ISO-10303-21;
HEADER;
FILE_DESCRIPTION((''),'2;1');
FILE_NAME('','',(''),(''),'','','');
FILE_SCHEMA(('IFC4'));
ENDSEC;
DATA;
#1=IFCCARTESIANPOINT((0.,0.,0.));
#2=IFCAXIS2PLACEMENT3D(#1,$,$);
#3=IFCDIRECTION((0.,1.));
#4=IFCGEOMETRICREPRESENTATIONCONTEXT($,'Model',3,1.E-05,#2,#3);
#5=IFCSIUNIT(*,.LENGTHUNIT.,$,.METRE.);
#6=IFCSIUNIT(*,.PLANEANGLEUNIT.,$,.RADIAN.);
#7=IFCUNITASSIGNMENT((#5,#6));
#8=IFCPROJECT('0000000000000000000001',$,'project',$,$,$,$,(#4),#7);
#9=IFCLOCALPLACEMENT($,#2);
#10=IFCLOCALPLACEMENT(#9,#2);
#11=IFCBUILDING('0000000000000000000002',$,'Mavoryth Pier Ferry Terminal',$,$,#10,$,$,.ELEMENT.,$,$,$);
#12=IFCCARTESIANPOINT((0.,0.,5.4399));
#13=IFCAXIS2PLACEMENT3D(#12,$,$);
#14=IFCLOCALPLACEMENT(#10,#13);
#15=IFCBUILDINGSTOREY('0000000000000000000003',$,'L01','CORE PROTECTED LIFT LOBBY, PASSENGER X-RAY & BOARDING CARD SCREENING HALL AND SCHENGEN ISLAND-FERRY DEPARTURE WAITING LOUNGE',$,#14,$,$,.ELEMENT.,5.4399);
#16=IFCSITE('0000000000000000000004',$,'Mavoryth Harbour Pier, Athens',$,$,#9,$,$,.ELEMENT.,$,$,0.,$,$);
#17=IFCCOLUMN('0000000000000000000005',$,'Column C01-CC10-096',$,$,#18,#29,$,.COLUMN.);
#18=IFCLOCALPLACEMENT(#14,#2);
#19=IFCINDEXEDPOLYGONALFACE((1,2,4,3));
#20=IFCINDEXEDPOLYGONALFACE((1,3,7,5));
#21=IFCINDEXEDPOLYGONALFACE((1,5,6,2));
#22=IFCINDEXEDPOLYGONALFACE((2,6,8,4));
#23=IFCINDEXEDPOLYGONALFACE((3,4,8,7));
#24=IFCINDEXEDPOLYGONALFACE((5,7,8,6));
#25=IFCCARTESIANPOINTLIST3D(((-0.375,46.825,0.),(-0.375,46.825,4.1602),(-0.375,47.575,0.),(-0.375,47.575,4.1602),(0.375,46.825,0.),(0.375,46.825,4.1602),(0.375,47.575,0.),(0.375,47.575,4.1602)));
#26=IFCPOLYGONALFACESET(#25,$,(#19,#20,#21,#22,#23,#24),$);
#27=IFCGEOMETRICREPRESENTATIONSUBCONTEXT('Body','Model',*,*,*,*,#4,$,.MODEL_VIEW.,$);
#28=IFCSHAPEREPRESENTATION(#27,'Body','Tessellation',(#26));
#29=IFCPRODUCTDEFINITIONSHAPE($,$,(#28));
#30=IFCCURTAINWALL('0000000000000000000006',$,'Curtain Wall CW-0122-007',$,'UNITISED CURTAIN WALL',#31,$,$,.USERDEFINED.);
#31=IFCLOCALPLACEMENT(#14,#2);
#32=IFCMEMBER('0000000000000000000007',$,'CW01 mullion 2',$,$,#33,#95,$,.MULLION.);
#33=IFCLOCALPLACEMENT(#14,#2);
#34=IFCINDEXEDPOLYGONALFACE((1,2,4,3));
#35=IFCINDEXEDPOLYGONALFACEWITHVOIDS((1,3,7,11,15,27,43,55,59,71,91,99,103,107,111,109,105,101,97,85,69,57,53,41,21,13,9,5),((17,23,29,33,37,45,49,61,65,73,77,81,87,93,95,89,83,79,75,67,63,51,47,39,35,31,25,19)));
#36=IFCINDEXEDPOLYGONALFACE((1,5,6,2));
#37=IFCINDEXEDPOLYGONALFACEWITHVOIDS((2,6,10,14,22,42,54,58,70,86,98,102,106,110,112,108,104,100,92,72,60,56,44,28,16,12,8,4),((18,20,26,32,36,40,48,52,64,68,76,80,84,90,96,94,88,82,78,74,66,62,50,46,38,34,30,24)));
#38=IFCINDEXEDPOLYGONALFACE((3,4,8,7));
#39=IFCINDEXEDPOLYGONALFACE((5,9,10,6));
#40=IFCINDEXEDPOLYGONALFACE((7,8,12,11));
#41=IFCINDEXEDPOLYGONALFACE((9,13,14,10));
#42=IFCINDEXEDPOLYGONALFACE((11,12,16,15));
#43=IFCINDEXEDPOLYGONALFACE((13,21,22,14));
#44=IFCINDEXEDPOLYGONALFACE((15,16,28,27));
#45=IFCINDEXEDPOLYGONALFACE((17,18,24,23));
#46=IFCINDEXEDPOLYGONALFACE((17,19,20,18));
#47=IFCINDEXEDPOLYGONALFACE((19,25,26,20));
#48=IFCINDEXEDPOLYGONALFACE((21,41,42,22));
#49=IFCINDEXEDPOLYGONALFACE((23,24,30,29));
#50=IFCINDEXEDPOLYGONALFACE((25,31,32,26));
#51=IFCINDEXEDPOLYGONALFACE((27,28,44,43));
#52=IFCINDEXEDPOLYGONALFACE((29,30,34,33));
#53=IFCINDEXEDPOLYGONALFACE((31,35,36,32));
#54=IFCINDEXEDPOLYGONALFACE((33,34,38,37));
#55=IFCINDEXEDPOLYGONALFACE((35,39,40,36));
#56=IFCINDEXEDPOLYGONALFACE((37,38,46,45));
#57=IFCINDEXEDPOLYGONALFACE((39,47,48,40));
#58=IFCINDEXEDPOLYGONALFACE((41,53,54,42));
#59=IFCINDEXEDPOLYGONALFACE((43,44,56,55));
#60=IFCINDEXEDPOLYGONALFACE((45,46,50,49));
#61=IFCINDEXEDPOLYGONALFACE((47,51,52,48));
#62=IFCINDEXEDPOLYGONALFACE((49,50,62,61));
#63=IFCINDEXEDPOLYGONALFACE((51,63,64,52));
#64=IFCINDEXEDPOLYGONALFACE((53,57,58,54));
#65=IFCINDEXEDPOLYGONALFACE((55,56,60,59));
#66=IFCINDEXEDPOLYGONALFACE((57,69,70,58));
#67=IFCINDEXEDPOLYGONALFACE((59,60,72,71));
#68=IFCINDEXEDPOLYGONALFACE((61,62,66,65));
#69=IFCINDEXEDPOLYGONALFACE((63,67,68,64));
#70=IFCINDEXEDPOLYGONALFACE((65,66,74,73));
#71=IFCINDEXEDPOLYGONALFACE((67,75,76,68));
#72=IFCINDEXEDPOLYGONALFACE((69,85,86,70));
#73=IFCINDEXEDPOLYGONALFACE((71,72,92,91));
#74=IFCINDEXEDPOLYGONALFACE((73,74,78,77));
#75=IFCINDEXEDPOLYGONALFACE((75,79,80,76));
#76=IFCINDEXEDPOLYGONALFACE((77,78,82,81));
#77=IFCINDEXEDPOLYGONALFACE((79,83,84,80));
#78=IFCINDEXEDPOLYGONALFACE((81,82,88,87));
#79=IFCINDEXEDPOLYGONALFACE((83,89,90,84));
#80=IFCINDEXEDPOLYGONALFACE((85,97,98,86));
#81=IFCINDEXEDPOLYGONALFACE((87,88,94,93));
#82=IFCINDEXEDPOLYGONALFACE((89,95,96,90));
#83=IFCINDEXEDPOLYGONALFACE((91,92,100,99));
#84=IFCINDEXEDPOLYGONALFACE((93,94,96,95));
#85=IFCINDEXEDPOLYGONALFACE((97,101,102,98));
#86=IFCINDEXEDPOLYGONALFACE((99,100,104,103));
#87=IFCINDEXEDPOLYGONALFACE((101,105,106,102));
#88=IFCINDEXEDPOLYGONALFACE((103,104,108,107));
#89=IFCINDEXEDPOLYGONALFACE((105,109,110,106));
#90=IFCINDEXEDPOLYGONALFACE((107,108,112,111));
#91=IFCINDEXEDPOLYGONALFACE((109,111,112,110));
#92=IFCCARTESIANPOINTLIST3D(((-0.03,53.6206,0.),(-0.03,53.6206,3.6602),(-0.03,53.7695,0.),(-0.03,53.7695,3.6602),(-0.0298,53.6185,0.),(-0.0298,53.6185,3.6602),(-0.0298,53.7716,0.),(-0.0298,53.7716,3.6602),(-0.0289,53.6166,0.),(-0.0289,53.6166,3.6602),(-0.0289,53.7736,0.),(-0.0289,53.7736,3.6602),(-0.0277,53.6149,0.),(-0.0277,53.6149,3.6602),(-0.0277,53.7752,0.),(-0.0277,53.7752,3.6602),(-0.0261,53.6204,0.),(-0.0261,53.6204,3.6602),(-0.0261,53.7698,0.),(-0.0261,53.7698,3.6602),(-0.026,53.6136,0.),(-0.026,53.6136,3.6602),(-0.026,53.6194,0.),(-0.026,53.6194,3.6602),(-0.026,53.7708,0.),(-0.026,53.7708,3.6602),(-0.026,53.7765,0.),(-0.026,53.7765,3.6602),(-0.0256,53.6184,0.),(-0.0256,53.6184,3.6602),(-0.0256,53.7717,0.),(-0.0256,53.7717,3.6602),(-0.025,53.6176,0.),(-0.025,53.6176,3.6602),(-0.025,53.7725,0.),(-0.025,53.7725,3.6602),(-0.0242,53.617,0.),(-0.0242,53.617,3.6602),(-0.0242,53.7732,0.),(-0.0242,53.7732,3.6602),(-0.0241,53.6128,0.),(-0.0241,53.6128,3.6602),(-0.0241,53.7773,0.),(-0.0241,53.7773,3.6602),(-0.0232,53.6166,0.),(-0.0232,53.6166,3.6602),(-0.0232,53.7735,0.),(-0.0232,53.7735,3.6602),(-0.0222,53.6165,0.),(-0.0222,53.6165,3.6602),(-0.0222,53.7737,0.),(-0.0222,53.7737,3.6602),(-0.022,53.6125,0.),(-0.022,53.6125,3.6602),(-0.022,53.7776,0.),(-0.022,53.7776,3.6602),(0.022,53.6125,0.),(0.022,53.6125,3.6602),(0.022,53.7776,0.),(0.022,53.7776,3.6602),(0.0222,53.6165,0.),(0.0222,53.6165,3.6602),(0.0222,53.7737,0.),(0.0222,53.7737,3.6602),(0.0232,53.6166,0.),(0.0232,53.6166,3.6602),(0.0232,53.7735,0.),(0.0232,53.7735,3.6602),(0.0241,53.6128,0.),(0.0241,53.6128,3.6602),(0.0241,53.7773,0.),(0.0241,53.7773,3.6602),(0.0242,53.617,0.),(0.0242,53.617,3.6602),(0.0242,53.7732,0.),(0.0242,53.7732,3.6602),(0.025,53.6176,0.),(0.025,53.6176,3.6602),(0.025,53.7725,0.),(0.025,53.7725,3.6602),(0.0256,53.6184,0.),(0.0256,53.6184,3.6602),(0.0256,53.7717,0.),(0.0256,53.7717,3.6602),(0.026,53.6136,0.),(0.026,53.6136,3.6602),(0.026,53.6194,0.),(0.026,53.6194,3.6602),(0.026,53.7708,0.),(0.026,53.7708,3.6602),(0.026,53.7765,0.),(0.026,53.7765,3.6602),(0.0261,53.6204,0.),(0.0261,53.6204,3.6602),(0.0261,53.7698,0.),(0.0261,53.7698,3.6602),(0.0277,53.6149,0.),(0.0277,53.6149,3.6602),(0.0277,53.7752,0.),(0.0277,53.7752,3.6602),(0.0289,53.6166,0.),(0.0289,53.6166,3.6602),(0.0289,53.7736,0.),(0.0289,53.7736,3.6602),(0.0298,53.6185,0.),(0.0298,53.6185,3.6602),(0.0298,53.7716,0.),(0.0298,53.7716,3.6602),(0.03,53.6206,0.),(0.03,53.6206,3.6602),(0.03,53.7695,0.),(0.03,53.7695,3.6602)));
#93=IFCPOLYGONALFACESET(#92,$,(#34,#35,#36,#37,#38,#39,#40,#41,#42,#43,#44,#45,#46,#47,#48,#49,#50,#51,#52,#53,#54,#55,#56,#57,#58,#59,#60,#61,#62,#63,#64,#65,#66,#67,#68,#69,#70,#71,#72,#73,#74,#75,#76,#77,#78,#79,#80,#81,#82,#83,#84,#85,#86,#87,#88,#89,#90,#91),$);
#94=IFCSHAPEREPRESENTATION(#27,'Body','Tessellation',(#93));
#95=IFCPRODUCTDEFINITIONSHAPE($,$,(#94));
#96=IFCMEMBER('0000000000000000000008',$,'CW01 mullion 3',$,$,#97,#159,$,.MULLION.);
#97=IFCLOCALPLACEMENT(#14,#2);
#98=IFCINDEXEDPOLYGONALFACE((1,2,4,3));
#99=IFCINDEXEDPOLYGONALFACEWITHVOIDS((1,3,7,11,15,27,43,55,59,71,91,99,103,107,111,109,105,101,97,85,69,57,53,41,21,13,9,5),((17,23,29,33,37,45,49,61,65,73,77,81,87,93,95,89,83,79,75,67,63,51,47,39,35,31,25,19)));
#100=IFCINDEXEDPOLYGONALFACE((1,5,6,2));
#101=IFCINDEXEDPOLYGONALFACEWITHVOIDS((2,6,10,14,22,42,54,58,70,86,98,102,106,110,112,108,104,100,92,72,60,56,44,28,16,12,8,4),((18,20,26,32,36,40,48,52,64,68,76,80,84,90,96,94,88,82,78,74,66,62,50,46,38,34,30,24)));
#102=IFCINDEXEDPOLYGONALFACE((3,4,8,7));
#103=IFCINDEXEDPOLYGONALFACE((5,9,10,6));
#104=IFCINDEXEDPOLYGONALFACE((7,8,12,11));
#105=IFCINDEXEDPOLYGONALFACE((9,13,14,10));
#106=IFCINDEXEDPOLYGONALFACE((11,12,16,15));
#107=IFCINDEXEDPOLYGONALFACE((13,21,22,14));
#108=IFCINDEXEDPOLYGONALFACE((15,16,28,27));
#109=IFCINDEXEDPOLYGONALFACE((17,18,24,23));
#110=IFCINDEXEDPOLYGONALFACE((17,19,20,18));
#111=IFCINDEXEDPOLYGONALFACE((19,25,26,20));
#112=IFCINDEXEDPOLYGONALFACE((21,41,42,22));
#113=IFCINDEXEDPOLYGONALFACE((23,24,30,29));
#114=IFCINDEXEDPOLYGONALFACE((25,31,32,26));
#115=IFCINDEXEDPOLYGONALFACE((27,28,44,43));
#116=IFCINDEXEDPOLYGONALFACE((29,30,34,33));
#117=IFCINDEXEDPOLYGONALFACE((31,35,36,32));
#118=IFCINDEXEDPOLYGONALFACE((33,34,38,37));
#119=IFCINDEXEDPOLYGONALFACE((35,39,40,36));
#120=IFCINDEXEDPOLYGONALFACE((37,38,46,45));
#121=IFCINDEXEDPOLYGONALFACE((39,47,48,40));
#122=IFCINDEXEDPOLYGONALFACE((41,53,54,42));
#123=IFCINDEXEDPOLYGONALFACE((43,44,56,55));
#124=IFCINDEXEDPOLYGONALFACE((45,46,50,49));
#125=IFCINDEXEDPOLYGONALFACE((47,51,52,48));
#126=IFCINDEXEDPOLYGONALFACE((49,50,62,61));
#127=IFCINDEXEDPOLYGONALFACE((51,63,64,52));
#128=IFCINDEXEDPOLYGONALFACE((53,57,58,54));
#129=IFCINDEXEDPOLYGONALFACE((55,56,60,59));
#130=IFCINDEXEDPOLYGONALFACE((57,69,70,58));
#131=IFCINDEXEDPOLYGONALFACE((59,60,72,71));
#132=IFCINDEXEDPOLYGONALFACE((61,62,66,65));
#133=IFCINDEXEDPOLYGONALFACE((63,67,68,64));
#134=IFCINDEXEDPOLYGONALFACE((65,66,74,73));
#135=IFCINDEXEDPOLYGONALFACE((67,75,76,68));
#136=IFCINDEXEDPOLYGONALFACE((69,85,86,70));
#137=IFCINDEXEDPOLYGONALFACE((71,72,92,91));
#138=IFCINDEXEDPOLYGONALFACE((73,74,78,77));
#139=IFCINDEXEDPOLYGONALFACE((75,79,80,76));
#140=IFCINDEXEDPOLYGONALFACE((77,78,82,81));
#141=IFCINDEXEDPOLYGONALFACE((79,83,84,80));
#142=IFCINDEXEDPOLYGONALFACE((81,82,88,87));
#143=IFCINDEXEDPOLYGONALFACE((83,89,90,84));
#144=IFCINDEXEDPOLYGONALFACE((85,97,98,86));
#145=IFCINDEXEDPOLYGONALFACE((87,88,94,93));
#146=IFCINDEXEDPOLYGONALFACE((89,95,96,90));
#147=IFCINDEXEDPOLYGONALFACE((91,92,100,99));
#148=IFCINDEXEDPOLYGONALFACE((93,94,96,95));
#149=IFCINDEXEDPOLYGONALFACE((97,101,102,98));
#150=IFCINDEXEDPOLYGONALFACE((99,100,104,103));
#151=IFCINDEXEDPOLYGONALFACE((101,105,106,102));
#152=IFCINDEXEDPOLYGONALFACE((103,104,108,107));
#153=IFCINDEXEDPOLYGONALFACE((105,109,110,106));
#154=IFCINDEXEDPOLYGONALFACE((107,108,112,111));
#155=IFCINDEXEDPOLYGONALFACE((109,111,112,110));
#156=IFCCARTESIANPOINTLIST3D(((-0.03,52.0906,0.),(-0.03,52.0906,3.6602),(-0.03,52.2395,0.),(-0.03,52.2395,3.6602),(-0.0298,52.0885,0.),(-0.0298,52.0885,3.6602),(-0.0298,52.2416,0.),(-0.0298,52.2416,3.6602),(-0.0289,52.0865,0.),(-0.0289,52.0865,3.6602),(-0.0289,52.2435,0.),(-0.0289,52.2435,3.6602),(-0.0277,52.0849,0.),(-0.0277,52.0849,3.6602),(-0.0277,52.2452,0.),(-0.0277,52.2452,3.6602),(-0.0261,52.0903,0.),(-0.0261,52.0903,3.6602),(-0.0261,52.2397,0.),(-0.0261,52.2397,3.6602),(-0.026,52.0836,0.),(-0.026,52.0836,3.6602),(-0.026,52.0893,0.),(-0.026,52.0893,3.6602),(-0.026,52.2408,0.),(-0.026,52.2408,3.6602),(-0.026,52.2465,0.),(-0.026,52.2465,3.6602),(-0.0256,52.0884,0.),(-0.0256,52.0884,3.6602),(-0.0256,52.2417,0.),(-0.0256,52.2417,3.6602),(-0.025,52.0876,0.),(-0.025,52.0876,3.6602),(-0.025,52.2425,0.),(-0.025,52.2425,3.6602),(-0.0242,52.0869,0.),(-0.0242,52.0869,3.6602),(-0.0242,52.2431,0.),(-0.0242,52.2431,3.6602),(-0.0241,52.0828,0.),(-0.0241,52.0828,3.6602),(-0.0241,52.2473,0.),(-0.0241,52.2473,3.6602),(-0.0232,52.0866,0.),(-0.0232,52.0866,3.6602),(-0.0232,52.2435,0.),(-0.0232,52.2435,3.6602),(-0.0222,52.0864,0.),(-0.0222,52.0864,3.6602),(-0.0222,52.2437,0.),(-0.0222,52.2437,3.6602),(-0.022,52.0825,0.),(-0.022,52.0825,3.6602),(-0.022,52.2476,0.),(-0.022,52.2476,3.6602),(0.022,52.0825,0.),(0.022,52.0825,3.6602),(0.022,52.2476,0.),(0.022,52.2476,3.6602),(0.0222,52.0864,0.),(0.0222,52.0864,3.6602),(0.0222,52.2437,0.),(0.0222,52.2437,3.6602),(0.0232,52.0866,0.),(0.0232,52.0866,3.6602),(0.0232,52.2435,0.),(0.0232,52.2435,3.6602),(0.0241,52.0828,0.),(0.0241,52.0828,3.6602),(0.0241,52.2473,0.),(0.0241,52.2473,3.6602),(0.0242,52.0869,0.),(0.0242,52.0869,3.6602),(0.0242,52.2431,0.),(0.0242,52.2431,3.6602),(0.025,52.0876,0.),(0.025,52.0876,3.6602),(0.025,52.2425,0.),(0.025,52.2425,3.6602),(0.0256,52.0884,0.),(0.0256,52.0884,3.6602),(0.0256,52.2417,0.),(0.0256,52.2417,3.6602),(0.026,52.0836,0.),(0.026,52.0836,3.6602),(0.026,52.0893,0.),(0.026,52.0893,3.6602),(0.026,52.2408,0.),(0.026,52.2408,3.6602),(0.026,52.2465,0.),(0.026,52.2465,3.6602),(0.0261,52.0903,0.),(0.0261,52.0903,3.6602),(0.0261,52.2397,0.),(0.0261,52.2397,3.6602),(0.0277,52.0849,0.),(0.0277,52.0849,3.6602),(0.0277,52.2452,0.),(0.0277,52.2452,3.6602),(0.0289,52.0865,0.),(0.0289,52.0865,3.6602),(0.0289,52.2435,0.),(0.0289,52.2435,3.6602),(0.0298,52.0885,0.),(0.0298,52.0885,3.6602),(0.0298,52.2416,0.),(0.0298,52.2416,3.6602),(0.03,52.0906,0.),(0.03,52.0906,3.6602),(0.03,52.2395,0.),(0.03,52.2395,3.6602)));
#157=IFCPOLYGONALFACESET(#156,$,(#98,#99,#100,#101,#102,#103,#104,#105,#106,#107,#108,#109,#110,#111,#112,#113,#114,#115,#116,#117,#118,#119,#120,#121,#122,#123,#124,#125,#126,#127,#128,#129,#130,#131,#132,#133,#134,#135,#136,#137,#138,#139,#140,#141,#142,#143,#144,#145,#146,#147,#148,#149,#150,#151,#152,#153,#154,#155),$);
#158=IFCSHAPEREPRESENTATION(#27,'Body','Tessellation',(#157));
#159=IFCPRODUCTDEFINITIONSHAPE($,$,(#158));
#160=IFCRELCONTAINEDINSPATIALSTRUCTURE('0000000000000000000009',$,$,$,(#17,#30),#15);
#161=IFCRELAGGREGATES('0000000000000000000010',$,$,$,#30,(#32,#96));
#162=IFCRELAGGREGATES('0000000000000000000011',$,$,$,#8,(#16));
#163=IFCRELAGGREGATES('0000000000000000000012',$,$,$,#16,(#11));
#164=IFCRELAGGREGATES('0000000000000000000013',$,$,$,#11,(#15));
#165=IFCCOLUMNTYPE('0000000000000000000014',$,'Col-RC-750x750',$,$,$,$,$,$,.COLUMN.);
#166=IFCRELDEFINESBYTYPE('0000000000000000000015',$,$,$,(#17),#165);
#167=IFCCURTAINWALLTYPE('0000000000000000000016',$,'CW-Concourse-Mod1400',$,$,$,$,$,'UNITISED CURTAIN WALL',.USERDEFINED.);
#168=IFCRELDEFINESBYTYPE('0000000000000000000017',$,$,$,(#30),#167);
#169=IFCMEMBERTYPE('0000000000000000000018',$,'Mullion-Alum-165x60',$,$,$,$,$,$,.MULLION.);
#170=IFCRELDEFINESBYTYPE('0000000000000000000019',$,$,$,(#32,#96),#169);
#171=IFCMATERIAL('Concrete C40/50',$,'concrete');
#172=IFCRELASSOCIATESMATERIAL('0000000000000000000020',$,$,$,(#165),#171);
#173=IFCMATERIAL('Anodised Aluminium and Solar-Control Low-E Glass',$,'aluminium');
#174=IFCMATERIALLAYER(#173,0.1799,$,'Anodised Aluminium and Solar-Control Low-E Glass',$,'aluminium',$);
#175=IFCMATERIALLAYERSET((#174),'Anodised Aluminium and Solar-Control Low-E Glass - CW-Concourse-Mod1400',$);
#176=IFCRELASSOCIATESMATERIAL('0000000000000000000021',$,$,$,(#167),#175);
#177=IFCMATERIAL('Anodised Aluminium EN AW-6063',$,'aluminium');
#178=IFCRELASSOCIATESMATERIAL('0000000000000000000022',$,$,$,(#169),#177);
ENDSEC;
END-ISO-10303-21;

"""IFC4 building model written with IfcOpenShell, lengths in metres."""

from ifc_helpers import new_model, si_unit, direction, frame, origin, origin_2d, place, context, subcontext, project, spatial, rectangle, hollow_rectangle, extrude, material, layer, layer_set, material_profile, profile_set, type_object, element, aggregate, save


model = new_model("IFC4")

# Units and contexts
model_context = context("Model", 3, precision=1e-05, world=origin(), true_north=direction((0.0, 1.0)))
body_context = subcontext(model_context, "Body", "Model", "MODEL_VIEW")
ifc_project = project(units=[si_unit("LENGTHUNIT", "METRE"), si_unit("PLANEANGLEUNIT", "RADIAN")], contexts=[model_context])

# Site, building, storey
site_placement = place(None, origin())
site = spatial("IfcSite", under=ifc_project, at=site_placement, Name="Mavoryth Harbour Pier, Athens", CompositionType="ELEMENT", RefElevation=0.0)
building_placement = place(site_placement, origin())
building = spatial("IfcBuilding", under=site, at=building_placement, Name="Mavoryth Pier Ferry Terminal", CompositionType="ELEMENT")
storey_placement = place(building_placement, frame((0.0, 0.0, 5.4399)))
storey = spatial("IfcBuildingStorey", under=building, at=storey_placement, Name="L01", Description="CORE PROTECTED LIFT LOBBY, PASSENGER X-RAY & BOARDING CARD SCREENING HALL AND SCHENGEN ISLAND-FERRY DEPARTURE WAITING LOUNGE", CompositionType="ELEMENT", Elevation=5.4399)

# Column
ifc_material_1 = material(Name="Concrete C40/50", Category="concrete")
ifc_material_profile_1 = material_profile(ifc_material_1, rectangle(XDim=0.75, YDim=0.75, at=origin_2d()), Name="RC 750x750", Category="concrete")
ifc_profile_set_1 = profile_set([ifc_material_profile_1], Name="Concrete C40/50 - RC 750x750")
column_type = type_object("IfcColumnType", Name="Col-RC-750x750", PredefinedType="COLUMN", material=ifc_profile_set_1)
column_placement = place(storey_placement, frame((0.0, 47.2, 0.0), z_axis=(0.0, 0.0, 1.0), x_axis=(1.0, 0.0, 0.0)))
element("IfcColumn", 1, at=column_placement, inside=storey, type_object=column_type, Name="Column C01-CC10-096", PredefinedType="COLUMN", context=body_context, shape_type="SweptSolid", body=[
    extrude(rectangle(XDim=0.75, YDim=0.75, at=origin_2d()), origin(), (0.0, 0.0, 1.0), 4.1602),
])

# Curtain wall, members
ifc_material_2 = material(Name="Anodised Aluminium and Solar-Control Low-E Glass", Category="aluminium")
ifc_layer_1 = layer(ifc_material_2, 0.1799, Name="Anodised Aluminium and Solar-Control Low-E Glass", Category="aluminium")
ifc_layer_set_1 = layer_set([ifc_layer_1], Name="Anodised Aluminium and Solar-Control Low-E Glass - CW-Concourse-Mod1400")
curtain_wall_type = type_object("IfcCurtainWallType", Name="CW-Concourse-Mod1400", ElementType="UNITISED CURTAIN WALL", PredefinedType="USERDEFINED", material=ifc_layer_set_1)
curtain_wall_placement = place(storey_placement, origin())
curtain_wall = element("IfcCurtainWall", 2, at=curtain_wall_placement, inside=storey, type_object=curtain_wall_type, Name="Curtain Wall CW-0122-007", ObjectType="UNITISED CURTAIN WALL", PredefinedType="USERDEFINED")
ifc_material_3 = material(Name="Anodised Aluminium EN AW-6063", Category="aluminium")
ifc_material_profile_2 = material_profile(ifc_material_3, hollow_rectangle(XDim=0.0601, YDim=0.165, WallThickness=0.0039, InnerFilletRadius=0.0039, OuterFilletRadius=0.0081, at=origin_2d()), Name="AL-MULL 165x60x4", Category="aluminium")
ifc_profile_set_2 = profile_set([ifc_material_profile_2], Name="Anodised Aluminium EN AW-6063 - AL-MULL 165x60x4")
member_type_1 = type_object("IfcMemberType", Name="Mullion-Alum-165x60", PredefinedType="MULLION", material=ifc_profile_set_2)
member_1_placement = place(storey_placement, frame((0.0, 53.6951, 0.0), z_axis=(0.0, 0.0, 1.0), x_axis=(1.0, 0.0, 0.0)))
member_1 = element("IfcMember", 3, at=member_1_placement, type_object=member_type_1, Name="CW01 mullion 2", PredefinedType="MULLION", context=body_context, shape_type="SweptSolid", body=[
    extrude(hollow_rectangle(XDim=0.0601, YDim=0.165, WallThickness=0.0039, InnerFilletRadius=0.0039, OuterFilletRadius=0.0081, at=origin_2d()), origin(), (0.0, 0.0, 1.0), 3.6602),
])
member_2_placement = place(storey_placement, frame((0.0, 52.165, 0.0), z_axis=(0.0, 0.0, 1.0), x_axis=(1.0, 0.0, 0.0)))
member_2 = element("IfcMember", 4, at=member_2_placement, type_object=member_type_1, Name="CW01 mullion 3", PredefinedType="MULLION", context=body_context, shape_type="SweptSolid", body=[
    extrude(hollow_rectangle(XDim=0.0601, YDim=0.165, WallThickness=0.0039, InnerFilletRadius=0.0039, OuterFilletRadius=0.0081, at=origin_2d()), origin(), (0.0, 0.0, 1.0), 3.6602),
])

aggregate(curtain_wall, [member_1, member_2])

save(model, "model.ifc")
